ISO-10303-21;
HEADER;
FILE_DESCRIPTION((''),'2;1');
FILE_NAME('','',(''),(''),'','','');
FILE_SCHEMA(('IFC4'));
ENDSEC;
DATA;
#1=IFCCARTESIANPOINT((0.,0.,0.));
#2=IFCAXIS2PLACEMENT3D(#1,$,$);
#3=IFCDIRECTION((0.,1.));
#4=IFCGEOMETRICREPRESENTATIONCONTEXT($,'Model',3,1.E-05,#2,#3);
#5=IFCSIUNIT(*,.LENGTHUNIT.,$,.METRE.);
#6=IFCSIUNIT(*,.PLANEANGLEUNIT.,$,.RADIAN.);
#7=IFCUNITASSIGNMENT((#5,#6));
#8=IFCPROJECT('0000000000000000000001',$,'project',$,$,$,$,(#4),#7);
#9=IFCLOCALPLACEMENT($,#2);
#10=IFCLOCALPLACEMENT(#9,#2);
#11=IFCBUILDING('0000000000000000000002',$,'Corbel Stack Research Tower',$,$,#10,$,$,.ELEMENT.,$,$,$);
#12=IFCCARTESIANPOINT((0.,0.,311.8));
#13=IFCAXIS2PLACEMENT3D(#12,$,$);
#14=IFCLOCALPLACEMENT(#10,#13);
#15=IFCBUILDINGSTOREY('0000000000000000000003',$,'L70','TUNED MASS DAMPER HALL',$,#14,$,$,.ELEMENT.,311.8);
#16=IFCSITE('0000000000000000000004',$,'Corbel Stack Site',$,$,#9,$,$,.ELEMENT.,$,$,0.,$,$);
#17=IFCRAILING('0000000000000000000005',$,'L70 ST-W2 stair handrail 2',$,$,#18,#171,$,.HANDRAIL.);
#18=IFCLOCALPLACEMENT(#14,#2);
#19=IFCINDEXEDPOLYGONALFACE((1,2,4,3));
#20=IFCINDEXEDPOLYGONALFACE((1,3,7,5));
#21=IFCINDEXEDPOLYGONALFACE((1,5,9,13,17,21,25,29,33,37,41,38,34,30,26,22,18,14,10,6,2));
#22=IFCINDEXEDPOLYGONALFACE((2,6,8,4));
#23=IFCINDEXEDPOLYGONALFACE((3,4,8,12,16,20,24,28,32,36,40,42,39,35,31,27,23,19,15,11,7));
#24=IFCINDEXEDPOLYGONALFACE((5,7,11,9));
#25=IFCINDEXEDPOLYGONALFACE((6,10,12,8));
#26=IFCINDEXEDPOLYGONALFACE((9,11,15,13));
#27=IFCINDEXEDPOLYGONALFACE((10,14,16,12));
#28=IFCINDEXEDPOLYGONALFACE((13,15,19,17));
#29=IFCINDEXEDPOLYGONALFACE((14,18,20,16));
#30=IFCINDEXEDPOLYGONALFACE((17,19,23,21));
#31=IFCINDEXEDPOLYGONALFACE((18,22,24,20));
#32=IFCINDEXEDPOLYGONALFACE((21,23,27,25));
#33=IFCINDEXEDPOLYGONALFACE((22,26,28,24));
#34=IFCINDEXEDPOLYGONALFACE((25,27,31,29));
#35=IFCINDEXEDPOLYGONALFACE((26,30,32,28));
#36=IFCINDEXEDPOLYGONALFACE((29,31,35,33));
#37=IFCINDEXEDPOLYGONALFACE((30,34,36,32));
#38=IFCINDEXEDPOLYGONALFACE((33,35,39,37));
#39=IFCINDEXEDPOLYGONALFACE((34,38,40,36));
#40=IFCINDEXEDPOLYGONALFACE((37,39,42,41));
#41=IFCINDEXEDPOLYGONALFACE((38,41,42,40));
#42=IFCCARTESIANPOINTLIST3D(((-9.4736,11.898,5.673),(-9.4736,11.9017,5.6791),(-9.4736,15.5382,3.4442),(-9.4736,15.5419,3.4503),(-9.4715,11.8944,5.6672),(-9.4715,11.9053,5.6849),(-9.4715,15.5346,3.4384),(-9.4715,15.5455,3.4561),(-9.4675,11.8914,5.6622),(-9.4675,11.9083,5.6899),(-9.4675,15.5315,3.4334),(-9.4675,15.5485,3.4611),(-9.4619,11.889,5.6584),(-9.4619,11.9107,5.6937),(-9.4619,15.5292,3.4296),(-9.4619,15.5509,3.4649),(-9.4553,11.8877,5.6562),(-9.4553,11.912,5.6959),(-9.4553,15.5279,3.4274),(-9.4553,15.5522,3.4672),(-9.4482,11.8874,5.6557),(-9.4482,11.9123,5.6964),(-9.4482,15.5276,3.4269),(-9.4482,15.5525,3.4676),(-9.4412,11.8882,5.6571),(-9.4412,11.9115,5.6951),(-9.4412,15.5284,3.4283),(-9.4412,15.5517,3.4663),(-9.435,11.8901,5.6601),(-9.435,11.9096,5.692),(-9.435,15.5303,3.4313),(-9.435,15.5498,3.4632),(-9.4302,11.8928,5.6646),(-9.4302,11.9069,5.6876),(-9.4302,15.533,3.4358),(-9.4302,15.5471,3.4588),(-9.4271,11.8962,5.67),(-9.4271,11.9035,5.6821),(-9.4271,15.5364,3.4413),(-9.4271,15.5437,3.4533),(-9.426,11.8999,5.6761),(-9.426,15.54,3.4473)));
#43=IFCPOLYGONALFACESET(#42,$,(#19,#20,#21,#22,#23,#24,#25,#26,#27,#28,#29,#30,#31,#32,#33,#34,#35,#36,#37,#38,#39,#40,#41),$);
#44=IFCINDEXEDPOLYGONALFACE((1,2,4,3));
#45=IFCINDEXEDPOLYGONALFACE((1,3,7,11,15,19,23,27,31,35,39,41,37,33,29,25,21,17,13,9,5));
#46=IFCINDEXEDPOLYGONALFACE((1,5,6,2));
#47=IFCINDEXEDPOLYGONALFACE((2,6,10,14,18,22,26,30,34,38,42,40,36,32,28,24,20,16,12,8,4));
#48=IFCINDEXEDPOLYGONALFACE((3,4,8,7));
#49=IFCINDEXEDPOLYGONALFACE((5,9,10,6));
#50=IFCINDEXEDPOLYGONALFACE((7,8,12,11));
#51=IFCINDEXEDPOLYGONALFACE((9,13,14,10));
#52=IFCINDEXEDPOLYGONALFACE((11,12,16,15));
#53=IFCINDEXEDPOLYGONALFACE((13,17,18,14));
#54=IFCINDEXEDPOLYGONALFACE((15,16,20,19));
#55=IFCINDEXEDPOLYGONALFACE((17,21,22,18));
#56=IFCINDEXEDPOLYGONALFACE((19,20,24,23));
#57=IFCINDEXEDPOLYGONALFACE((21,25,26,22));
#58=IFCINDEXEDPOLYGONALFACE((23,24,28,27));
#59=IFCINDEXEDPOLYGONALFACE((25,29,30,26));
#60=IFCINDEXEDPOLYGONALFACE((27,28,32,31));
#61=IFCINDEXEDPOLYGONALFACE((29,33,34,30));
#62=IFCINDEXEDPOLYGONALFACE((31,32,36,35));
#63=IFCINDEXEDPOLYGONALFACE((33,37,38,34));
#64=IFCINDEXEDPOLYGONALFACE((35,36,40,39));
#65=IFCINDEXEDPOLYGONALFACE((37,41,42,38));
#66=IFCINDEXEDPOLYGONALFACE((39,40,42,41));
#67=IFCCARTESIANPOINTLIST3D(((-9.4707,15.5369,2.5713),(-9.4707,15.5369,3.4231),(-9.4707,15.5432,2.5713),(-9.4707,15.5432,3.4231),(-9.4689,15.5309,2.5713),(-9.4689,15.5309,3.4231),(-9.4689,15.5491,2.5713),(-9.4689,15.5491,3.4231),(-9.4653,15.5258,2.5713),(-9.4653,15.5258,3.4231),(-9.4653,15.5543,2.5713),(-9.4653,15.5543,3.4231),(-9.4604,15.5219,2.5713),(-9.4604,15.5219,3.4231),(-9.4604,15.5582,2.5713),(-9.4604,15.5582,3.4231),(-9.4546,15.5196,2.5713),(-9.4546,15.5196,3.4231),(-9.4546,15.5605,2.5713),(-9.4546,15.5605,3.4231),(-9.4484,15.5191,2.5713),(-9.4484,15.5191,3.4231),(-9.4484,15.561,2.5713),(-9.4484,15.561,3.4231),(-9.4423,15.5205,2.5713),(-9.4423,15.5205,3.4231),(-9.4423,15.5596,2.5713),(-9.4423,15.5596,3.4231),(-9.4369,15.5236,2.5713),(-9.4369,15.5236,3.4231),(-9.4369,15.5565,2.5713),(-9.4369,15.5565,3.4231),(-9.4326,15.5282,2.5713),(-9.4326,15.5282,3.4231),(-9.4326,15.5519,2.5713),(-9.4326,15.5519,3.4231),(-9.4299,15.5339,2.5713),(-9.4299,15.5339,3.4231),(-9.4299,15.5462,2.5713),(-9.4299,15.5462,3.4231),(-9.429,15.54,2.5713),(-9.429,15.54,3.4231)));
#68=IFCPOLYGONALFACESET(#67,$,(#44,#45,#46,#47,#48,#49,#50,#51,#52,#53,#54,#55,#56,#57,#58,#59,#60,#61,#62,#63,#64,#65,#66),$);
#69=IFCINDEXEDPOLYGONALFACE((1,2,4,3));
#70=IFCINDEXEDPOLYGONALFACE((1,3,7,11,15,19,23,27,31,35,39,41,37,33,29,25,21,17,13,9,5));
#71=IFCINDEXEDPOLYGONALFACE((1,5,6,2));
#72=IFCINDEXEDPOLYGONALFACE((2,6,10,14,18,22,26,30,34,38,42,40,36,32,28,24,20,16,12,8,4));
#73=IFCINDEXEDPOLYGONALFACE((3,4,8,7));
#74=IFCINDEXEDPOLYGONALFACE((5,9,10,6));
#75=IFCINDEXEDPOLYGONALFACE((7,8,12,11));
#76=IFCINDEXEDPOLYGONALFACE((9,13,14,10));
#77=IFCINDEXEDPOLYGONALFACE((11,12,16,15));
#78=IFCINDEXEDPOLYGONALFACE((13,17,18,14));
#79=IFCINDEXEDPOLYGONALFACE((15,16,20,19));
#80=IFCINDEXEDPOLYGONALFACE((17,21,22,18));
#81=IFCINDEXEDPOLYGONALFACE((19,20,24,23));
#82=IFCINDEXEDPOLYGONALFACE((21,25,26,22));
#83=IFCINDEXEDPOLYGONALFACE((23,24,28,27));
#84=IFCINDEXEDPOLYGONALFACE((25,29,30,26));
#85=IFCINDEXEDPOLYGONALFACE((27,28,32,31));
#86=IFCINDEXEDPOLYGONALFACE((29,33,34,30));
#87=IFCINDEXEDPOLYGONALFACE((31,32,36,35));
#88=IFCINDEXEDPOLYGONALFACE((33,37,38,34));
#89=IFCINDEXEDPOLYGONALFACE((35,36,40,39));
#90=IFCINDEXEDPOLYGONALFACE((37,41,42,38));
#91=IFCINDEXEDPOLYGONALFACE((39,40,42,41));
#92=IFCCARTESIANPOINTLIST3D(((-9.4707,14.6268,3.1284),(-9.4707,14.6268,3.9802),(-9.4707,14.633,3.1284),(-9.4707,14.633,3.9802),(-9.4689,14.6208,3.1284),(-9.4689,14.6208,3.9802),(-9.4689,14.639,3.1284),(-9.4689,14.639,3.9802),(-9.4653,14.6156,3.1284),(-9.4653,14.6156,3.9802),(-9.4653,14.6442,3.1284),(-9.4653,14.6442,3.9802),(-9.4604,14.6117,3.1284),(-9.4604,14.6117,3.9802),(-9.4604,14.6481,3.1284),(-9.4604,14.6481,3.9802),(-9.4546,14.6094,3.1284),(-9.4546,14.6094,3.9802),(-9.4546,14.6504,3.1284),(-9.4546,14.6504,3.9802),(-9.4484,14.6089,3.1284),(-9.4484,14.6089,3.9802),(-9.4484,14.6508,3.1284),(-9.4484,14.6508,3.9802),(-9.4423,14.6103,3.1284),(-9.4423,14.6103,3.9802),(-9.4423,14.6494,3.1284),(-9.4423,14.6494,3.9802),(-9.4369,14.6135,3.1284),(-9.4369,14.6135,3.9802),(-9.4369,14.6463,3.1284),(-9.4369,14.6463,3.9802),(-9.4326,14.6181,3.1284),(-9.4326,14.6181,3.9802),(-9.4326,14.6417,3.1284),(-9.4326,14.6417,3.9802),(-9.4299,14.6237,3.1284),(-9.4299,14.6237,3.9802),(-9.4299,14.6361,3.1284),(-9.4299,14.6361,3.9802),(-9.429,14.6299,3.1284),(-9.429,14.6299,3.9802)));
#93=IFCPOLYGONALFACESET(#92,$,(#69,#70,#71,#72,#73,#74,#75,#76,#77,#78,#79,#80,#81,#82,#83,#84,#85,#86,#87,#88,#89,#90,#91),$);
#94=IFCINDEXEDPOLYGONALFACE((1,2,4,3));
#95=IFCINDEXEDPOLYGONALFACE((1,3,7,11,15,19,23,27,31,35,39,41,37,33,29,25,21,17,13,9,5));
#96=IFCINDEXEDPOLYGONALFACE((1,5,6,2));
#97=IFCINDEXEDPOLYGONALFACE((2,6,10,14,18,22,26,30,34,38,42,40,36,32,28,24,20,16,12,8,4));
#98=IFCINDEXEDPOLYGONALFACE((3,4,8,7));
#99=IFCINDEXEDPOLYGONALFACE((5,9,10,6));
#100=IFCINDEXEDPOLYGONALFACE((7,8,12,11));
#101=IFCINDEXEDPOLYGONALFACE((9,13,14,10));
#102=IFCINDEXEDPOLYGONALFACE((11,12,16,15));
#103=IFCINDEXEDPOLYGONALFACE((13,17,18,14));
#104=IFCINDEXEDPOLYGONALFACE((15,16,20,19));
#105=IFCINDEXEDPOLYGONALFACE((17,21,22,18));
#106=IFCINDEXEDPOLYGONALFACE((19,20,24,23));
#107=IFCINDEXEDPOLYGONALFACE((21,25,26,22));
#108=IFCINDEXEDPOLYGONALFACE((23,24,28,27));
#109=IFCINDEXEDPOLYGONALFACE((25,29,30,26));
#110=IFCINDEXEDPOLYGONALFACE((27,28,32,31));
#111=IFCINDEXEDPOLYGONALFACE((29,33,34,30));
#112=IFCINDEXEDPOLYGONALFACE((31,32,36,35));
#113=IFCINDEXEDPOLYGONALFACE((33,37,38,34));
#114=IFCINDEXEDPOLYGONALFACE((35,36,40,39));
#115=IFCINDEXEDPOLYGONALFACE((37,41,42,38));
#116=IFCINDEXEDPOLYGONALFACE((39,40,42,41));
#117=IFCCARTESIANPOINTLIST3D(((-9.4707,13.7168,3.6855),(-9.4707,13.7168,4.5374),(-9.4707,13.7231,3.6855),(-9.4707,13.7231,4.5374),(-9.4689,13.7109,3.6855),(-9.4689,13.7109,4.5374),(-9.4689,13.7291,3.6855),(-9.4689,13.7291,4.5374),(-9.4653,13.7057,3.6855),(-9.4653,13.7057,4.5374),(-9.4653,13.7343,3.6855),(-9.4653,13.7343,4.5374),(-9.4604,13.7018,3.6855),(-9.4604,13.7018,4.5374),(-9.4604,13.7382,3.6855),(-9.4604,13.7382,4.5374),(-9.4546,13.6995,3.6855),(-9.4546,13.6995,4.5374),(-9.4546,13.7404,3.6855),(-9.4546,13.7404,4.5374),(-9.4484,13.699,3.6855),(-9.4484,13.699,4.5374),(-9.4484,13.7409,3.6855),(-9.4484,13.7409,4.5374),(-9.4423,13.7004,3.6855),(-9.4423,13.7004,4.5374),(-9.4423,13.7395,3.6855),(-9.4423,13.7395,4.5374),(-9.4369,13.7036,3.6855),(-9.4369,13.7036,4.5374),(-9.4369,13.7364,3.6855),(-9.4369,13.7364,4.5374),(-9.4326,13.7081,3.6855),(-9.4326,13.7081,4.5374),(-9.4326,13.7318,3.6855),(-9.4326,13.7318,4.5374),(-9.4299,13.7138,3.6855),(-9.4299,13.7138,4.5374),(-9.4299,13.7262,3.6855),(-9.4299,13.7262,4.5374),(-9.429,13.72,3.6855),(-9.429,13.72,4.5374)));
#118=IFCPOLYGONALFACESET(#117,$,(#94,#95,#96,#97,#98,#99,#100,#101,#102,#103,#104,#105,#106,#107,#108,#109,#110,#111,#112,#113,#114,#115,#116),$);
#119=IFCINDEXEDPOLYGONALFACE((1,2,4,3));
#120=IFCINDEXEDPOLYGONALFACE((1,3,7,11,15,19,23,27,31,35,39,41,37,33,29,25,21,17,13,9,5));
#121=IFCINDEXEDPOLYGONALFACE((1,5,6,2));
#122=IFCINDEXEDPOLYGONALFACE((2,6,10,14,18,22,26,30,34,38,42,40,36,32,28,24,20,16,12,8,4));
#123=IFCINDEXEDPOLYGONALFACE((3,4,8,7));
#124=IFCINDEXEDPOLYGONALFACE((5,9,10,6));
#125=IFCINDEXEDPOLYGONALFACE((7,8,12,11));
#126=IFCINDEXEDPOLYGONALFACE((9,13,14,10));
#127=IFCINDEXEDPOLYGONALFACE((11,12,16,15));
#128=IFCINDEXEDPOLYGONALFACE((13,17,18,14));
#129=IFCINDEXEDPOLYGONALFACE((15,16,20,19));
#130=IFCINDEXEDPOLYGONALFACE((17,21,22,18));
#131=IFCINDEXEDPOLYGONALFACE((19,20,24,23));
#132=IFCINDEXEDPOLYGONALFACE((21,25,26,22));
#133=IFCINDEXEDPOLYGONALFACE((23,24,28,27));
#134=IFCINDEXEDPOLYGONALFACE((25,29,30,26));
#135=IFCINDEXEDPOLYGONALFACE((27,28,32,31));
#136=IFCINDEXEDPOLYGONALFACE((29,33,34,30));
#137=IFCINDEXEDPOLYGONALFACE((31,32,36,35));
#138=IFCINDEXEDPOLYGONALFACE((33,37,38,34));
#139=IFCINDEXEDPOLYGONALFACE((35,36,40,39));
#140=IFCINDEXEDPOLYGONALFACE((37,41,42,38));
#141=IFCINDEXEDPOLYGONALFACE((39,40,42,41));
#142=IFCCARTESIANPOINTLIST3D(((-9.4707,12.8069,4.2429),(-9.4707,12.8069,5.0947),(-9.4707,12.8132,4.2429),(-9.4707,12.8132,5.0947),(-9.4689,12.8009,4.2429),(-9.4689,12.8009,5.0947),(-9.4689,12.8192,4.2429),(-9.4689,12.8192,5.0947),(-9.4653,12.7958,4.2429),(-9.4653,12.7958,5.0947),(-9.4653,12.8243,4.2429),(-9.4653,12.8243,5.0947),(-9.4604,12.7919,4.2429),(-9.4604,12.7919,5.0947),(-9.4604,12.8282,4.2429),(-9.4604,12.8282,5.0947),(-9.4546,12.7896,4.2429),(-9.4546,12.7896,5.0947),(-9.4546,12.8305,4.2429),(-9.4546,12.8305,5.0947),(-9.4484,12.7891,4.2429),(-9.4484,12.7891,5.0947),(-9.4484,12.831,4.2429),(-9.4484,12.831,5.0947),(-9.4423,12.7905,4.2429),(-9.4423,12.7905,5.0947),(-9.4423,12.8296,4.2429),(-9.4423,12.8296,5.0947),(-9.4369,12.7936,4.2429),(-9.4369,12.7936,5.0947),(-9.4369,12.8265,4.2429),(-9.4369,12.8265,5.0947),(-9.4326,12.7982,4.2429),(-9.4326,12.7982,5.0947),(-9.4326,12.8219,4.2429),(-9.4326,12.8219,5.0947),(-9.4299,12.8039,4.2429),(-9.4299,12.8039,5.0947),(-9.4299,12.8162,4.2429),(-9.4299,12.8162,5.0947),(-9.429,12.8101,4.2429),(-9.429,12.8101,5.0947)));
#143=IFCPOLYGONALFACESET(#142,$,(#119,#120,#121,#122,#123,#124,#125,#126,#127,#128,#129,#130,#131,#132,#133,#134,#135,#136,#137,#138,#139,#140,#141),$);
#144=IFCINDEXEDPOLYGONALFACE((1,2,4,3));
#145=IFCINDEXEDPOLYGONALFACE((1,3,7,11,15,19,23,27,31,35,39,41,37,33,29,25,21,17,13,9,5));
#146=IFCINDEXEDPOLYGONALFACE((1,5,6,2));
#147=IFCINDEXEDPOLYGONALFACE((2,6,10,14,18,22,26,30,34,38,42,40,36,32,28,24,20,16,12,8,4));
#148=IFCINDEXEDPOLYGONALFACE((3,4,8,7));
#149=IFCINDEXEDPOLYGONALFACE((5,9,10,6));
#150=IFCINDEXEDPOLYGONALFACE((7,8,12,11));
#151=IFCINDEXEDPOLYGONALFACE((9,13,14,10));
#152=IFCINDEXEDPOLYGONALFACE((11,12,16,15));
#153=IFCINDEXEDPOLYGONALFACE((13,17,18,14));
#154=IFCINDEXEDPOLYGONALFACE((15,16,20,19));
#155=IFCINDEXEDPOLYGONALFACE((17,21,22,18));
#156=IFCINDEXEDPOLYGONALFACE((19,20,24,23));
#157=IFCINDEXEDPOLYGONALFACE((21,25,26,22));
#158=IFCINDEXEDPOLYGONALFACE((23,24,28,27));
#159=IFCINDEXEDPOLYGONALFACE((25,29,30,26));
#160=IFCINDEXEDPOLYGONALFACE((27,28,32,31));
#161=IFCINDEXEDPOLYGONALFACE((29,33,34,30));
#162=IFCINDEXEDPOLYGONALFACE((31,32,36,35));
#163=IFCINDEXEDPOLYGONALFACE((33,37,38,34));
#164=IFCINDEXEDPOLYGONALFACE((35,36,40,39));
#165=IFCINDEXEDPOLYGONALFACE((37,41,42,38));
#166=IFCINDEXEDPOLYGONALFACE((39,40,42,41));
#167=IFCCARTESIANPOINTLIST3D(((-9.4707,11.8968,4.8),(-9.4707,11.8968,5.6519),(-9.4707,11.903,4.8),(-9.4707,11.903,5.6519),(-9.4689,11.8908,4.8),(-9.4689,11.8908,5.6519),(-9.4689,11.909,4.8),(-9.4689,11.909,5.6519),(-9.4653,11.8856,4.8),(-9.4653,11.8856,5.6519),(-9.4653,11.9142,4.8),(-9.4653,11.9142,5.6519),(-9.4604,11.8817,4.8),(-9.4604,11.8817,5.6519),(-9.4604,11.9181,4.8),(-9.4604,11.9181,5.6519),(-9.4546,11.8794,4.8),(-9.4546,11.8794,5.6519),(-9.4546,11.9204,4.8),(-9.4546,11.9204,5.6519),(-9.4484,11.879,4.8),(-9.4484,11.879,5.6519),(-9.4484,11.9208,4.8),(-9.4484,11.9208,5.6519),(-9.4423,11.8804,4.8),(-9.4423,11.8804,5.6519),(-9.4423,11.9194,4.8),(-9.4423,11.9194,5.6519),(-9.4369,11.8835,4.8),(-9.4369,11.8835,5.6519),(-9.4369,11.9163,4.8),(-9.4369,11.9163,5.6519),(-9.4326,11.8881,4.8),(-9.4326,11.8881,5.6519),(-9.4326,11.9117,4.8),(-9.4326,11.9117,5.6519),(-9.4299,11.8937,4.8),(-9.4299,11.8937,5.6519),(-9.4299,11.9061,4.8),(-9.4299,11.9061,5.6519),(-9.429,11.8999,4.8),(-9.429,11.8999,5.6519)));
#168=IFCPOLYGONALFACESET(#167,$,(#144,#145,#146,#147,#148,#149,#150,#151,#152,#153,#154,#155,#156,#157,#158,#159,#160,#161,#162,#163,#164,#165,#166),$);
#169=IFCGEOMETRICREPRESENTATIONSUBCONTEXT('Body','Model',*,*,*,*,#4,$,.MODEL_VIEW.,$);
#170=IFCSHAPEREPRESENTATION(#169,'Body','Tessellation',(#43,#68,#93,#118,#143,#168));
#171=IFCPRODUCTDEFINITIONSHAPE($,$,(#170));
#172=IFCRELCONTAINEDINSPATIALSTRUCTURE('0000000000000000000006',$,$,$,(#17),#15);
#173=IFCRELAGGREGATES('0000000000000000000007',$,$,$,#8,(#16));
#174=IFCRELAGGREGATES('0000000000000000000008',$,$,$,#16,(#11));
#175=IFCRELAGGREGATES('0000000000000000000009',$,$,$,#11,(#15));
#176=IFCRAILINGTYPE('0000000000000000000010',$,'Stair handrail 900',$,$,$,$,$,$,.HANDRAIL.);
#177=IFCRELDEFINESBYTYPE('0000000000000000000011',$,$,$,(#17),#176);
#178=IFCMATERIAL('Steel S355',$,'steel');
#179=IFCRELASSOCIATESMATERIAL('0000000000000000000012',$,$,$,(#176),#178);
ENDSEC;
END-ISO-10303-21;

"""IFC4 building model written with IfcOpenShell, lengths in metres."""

from ifc_helpers import new_model, si_unit, direction, frame, origin, origin_2d, place, context, subcontext, project, spatial, circle, extrude, material, type_object, element, save


model = new_model("IFC4")

# Units and contexts
model_context = context("Model", 3, precision=1e-05, world=origin(), true_north=direction((0.0, 1.0)))
body_context = subcontext(model_context, "Body", "Model", "MODEL_VIEW")
ifc_project = project(units=[si_unit("LENGTHUNIT", "METRE"), si_unit("PLANEANGLEUNIT", "RADIAN")], contexts=[model_context])

# Site, building, storey
site_placement = place(None, origin())
site = spatial("IfcSite", under=ifc_project, at=site_placement, Name="Corbel Stack Site", CompositionType="ELEMENT", RefElevation=0.0)
building_placement = place(site_placement, origin())
building = spatial("IfcBuilding", under=site, at=building_placement, Name="Corbel Stack Research Tower", CompositionType="ELEMENT")
storey_placement = place(building_placement, frame((0.0, 0.0, 311.8)))
storey = spatial("IfcBuildingStorey", under=building, at=storey_placement, Name="L70", Description="TUNED MASS DAMPER HALL", CompositionType="ELEMENT", Elevation=311.8)

# Railing
ifc_material_1 = material(Name="Steel S355", Category="steel")
railing_type_1 = type_object("IfcRailingType", Name="Stair handrail 900", PredefinedType="HANDRAIL", material=ifc_material_1)
railing_1_placement = place(storey_placement, frame((-9.45, 15.54, 2.5713)))
element("IfcRailing", 1, at=railing_1_placement, inside=storey, type_object=railing_type_1, Name="L70 ST-W2 stair handrail 2", PredefinedType="HANDRAIL", context=body_context, shape_type="SweptSolid", body=[
    extrude(circle(Radius=0.0239, at=origin_2d()), frame((0.0, 0.0, 0.876), z_axis=(0.0, -0.85284, 0.522172), x_axis=(1.0, 0.0, 0.0)), (0.0, 0.0, 1.0), 4.2683),
    extrude(circle(Radius=0.021, at=origin_2d()), origin(), (0.0, 0.0, 1.0), 0.8518),
    extrude(circle(Radius=0.021, at=origin_2d()), frame((0.0, -0.9102, 0.5571)), (0.0, 0.0, 1.0), 0.8518),
    extrude(circle(Radius=0.021, at=origin_2d()), frame((0.0, -1.8201, 1.1143)), (0.0, 0.0, 1.0), 0.8518),
    extrude(circle(Radius=0.021, at=origin_2d()), frame((0.0, -2.73, 1.6716)), (0.0, 0.0, 1.0), 0.8518),
    extrude(circle(Radius=0.021, at=origin_2d()), frame((0.0, -3.6401, 2.2288)), (0.0, 0.0, 1.0), 0.8518),
])

save(model, "model.ifc")
